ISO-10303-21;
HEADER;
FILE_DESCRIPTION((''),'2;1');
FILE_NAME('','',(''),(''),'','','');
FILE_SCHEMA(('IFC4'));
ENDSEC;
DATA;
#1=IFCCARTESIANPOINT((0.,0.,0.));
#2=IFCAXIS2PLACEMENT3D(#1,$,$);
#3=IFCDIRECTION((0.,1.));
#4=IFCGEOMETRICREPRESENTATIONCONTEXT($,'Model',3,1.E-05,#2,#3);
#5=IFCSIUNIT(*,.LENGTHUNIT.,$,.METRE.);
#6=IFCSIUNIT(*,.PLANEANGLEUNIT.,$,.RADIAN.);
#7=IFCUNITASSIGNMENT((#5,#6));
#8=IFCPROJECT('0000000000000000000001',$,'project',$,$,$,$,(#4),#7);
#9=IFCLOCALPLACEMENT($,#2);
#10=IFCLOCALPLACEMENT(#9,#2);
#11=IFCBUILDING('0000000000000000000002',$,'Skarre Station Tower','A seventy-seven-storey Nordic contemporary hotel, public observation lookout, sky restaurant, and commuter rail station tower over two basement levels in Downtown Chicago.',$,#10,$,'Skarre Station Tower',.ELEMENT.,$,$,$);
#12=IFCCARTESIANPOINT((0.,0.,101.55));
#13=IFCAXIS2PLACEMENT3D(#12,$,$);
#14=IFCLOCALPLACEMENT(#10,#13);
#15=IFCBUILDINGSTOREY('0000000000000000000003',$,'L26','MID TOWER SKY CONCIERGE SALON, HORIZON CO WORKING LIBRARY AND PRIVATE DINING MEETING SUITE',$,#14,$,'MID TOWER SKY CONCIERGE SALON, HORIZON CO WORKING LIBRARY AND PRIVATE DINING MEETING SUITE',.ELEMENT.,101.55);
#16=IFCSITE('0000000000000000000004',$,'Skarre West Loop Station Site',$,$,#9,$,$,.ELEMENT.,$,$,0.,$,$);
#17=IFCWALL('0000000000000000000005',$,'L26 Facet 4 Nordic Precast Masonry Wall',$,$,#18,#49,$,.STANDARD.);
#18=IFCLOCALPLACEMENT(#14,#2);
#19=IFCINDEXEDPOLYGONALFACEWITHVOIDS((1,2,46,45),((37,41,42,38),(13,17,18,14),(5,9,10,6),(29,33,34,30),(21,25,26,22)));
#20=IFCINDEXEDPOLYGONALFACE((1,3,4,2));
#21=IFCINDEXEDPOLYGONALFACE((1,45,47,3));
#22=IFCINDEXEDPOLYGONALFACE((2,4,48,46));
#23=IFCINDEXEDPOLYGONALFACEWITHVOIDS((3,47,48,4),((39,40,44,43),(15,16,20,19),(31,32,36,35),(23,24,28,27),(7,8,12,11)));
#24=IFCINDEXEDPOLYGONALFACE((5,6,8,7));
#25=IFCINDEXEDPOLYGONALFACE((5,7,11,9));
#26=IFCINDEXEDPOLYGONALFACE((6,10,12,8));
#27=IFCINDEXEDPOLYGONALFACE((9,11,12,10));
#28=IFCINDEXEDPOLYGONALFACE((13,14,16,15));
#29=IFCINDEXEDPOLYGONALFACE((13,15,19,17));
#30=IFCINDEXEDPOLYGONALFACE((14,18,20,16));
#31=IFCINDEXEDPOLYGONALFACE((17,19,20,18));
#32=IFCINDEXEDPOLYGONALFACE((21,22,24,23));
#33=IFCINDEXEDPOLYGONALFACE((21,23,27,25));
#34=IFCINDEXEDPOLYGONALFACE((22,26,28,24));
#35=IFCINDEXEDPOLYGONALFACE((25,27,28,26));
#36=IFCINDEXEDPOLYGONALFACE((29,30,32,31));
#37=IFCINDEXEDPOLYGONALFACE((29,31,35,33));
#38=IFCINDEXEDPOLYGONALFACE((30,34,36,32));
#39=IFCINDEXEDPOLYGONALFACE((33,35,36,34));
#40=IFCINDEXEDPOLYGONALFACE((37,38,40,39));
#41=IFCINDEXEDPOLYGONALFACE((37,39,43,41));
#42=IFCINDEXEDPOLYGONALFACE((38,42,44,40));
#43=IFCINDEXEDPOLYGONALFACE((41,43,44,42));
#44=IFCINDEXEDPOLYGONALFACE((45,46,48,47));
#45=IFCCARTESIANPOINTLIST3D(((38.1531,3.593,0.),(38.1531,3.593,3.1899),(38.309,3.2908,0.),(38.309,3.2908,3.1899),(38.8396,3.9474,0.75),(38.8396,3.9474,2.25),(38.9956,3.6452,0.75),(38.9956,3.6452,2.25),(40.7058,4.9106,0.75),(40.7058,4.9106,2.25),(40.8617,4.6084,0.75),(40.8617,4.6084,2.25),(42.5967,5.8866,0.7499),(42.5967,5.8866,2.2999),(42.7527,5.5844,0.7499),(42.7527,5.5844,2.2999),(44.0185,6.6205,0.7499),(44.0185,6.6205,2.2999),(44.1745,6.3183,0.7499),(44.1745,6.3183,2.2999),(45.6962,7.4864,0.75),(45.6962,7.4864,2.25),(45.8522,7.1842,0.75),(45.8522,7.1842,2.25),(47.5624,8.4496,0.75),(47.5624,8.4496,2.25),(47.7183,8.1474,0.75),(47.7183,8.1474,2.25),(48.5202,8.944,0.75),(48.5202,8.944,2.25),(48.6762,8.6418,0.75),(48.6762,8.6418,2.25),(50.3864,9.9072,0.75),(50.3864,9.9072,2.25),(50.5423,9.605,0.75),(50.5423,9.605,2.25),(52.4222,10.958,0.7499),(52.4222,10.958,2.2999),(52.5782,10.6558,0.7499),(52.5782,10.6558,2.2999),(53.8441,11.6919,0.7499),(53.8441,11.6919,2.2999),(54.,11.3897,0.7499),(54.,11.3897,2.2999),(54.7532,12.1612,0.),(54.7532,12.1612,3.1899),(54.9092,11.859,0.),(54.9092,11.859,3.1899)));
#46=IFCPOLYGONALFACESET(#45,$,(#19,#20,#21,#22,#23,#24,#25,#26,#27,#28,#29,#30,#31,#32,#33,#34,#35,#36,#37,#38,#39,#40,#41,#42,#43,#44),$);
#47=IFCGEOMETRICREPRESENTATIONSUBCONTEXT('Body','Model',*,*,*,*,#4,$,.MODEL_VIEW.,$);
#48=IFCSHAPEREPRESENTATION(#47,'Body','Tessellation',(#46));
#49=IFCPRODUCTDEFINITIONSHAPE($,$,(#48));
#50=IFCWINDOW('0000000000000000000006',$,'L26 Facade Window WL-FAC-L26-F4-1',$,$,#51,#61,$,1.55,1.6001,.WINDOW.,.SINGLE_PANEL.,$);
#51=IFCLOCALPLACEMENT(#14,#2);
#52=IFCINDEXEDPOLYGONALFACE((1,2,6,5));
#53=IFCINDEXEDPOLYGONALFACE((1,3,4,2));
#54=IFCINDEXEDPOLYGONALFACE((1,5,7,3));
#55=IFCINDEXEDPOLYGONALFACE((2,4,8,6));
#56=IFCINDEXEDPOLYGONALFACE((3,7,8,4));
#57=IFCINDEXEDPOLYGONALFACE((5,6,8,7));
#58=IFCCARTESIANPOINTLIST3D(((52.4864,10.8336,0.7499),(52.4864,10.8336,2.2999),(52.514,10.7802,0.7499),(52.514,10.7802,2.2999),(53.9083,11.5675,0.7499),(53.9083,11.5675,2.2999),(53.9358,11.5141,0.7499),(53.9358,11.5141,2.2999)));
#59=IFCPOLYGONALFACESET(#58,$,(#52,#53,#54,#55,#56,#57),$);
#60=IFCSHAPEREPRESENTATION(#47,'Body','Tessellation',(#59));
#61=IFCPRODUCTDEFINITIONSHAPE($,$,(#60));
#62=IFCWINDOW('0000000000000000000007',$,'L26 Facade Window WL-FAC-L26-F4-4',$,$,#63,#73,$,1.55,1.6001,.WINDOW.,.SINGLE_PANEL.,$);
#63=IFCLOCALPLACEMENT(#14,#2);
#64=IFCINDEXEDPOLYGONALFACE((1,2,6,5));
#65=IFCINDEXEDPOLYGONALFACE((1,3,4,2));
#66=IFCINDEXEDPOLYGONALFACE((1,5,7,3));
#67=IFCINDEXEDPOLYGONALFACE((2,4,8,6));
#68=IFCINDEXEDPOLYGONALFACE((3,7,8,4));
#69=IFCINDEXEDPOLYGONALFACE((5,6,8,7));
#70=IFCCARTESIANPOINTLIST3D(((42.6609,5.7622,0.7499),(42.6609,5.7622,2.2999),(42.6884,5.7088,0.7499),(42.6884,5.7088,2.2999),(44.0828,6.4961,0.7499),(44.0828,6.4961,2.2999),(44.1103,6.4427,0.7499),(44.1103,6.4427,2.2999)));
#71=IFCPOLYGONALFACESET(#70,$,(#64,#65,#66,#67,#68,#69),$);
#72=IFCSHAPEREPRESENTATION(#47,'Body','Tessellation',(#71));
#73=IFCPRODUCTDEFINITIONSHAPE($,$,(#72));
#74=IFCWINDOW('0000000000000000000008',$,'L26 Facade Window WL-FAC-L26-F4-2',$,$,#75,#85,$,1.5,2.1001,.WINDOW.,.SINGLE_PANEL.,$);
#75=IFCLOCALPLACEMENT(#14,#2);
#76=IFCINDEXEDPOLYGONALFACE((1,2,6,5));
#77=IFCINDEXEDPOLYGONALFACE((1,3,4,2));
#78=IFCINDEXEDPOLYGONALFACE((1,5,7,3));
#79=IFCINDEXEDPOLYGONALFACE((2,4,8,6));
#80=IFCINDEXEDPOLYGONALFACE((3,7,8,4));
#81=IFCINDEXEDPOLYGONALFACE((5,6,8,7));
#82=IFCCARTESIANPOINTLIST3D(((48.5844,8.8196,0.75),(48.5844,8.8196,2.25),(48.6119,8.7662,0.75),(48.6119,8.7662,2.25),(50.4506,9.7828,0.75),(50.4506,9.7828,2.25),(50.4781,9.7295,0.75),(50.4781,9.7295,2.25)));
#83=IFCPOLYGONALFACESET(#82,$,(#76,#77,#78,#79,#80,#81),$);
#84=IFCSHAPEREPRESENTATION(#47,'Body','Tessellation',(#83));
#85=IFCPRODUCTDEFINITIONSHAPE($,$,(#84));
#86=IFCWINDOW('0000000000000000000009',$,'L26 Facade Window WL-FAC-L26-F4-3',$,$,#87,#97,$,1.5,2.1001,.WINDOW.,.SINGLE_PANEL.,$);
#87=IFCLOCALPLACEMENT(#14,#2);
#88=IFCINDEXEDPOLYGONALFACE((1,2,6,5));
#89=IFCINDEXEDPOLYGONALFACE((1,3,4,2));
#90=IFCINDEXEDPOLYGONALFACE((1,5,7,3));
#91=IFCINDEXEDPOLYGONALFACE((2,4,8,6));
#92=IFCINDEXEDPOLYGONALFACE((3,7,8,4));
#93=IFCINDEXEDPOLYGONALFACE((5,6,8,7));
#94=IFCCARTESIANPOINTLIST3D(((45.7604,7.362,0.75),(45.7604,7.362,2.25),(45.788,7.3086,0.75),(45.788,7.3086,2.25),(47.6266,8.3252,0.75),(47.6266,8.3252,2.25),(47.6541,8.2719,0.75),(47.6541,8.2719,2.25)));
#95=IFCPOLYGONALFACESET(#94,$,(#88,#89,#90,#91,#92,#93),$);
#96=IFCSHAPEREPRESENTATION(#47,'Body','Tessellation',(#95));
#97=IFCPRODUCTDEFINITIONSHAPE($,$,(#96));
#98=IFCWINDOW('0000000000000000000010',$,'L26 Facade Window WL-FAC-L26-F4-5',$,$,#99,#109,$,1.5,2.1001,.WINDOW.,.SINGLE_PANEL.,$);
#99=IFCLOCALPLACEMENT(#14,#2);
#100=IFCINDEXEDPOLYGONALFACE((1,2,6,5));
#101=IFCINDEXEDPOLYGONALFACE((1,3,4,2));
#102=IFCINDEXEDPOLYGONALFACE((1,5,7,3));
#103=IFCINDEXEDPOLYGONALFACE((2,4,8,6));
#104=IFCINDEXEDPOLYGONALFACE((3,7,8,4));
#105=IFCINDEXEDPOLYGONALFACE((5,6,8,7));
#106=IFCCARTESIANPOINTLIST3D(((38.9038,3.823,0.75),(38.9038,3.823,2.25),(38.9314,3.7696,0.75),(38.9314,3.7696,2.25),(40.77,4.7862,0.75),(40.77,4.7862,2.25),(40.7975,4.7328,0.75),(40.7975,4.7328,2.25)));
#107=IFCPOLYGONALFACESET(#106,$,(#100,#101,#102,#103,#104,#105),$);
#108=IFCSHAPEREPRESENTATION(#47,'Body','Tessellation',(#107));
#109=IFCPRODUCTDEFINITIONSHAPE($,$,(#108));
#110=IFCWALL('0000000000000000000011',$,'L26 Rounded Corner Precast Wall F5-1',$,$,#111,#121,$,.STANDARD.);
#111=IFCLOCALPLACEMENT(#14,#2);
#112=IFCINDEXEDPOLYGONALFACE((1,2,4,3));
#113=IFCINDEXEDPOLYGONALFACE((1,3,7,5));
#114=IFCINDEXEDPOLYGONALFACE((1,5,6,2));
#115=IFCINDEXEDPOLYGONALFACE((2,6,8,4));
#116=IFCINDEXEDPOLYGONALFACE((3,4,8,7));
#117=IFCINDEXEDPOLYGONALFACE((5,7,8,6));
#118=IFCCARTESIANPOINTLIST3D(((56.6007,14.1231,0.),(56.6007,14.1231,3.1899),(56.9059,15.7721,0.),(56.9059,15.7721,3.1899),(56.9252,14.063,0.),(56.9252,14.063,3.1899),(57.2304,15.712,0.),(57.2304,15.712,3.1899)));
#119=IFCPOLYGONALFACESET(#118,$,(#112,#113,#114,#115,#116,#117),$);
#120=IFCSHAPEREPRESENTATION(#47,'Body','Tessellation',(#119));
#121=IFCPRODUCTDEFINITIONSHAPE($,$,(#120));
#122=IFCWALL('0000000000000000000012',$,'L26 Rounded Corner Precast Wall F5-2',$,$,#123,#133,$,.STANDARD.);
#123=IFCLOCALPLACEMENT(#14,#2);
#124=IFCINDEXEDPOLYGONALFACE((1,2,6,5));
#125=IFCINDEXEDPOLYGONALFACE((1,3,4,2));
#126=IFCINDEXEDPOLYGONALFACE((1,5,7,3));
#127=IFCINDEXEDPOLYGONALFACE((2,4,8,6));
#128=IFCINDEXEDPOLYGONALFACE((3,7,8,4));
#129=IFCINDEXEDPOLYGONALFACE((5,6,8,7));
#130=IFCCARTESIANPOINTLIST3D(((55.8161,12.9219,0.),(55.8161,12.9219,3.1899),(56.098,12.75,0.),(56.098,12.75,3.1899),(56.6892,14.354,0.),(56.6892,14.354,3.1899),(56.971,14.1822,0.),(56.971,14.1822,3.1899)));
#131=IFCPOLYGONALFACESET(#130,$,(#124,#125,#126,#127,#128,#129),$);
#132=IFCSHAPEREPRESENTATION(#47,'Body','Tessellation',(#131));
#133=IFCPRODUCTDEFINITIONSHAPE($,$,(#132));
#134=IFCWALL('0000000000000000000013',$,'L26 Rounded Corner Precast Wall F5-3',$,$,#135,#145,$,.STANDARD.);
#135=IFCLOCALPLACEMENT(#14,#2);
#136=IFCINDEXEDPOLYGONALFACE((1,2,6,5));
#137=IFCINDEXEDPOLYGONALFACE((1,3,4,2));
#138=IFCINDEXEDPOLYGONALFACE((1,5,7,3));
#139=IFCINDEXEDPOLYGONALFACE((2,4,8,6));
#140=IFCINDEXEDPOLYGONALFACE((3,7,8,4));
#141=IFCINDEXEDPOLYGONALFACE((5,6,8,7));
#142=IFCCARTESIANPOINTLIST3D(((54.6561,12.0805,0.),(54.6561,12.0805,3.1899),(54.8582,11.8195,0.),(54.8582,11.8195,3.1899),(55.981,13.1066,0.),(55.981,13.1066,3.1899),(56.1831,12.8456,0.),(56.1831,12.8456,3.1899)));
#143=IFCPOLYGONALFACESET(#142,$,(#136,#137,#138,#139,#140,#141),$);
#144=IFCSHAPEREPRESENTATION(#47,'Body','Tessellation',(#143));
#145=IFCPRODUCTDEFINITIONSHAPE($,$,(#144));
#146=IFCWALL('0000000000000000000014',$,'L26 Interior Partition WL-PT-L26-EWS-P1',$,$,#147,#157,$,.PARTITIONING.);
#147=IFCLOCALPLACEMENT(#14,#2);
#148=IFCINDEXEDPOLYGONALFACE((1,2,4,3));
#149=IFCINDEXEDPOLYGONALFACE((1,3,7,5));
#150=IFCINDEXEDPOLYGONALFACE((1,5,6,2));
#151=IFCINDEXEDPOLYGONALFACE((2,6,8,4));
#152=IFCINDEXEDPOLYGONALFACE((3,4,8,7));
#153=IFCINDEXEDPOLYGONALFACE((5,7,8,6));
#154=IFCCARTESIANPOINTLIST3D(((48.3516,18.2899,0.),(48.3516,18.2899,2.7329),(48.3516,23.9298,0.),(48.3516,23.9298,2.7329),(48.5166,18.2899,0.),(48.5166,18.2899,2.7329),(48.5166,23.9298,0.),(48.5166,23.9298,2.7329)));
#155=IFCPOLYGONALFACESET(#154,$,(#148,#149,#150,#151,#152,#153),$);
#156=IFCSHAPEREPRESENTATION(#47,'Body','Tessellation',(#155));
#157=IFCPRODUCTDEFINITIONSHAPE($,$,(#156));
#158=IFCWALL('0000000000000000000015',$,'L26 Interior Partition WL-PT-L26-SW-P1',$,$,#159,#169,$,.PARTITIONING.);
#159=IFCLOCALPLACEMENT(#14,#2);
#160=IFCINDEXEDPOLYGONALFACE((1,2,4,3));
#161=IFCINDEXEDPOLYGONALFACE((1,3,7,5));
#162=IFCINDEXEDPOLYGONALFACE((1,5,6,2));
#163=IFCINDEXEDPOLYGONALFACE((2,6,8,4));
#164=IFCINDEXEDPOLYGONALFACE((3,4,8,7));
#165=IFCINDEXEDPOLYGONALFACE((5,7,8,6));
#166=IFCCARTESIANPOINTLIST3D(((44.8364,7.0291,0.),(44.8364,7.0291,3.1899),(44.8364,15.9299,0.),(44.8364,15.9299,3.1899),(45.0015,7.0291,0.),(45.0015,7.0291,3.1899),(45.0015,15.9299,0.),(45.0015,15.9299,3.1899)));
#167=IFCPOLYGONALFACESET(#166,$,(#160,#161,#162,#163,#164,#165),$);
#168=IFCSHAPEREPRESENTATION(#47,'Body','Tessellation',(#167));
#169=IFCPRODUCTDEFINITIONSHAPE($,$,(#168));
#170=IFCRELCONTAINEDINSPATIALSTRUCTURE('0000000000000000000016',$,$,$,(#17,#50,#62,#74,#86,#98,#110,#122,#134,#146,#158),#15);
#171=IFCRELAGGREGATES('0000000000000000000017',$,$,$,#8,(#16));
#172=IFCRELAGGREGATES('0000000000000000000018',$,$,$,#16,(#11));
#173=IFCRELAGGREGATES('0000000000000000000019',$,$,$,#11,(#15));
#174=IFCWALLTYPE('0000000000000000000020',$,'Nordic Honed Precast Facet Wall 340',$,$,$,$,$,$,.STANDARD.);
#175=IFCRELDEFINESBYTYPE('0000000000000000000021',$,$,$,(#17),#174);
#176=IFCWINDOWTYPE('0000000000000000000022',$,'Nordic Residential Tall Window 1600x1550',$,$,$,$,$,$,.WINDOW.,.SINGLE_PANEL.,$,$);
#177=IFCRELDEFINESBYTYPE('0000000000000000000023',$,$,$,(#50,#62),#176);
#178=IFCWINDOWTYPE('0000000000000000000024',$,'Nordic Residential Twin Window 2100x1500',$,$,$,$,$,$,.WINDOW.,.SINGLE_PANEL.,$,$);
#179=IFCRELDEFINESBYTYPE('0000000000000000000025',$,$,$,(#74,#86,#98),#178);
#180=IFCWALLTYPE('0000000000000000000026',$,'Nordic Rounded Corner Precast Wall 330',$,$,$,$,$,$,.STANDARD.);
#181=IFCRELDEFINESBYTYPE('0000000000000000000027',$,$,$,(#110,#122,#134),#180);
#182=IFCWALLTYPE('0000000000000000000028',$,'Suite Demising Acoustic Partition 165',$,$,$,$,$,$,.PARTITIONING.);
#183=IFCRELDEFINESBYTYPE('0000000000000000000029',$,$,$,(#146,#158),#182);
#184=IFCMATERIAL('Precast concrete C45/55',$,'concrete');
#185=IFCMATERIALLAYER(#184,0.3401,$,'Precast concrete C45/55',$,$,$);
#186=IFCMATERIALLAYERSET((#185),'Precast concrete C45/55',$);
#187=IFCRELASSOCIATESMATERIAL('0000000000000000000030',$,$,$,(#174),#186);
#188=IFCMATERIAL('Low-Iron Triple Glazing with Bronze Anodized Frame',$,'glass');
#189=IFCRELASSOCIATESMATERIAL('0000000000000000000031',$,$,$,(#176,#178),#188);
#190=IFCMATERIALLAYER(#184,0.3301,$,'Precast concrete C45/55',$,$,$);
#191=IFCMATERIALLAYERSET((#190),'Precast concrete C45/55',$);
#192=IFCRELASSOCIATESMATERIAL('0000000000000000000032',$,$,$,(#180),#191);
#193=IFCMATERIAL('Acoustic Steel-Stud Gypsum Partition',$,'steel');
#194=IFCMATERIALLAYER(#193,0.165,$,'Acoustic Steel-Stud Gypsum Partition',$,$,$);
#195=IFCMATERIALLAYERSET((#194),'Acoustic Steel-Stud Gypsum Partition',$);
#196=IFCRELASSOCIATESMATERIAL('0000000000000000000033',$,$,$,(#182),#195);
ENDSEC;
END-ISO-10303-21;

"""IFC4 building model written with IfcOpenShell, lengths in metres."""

from ifc_helpers import new_model, si_unit, direction, frame, frame_2d, origin, place, context, subcontext, project, spatial, rectangle, extrude, material, layer, layer_set, type_object, element, fill, save


model = new_model("IFC4")

# Units and contexts
model_context = context("Model", 3, precision=1e-05, world=origin(), true_north=direction((0.0, 1.0)))
body_context = subcontext(model_context, "Body", "Model", "MODEL_VIEW")
ifc_project = project(units=[si_unit("LENGTHUNIT", "METRE"), si_unit("PLANEANGLEUNIT", "RADIAN")], contexts=[model_context])

# Site, building, storey
site_placement = place(None, origin())
site = spatial("IfcSite", under=ifc_project, at=site_placement, Name="Skarre West Loop Station Site", CompositionType="ELEMENT", RefElevation=0.0)
building_placement = place(site_placement, origin())
building = spatial("IfcBuilding", under=site, at=building_placement, Name="Skarre Station Tower", Description="A seventy-seven-storey Nordic contemporary hotel, public observation lookout, sky restaurant, and commuter rail station tower over two basement levels in Downtown Chicago.", LongName="Skarre Station Tower", CompositionType="ELEMENT")
storey_placement = place(building_placement, frame((0.0, 0.0, 101.55)))
storey = spatial("IfcBuildingStorey", under=building, at=storey_placement, Name="L26", Description="MID TOWER SKY CONCIERGE SALON, HORIZON CO WORKING LIBRARY AND PRIVATE DINING MEETING SUITE", LongName="MID TOWER SKY CONCIERGE SALON, HORIZON CO WORKING LIBRARY AND PRIVATE DINING MEETING SUITE", CompositionType="ELEMENT", Elevation=101.55)

# Shared definitions
ifc_material_1 = material(Name="Acoustic Steel-Stud Gypsum Partition", Category="steel")

# Wall, openings, windows
ifc_material_2 = material(Name="Precast concrete C45/55", Category="concrete")
ifc_layer_1 = layer(ifc_material_2, 0.3401, Name="Precast concrete C45/55")
ifc_layer_set_1 = layer_set([ifc_layer_1], Name="Precast concrete C45/55")
wall_type_1 = type_object("IfcWallType", Name="Nordic Honed Precast Facet Wall 340", PredefinedType="STANDARD", material=ifc_layer_set_1)
wall_1_placement = place(storey_placement, frame((54.8311, 12.01, 0.0), z_axis=(0.0, 0.0, 1.0), x_axis=(-0.888614, -0.458657, 0.0)))
wall_1 = element("IfcWall", 1, at=wall_1_placement, inside=storey, type_object=wall_type_1, Name="L26 Facet 4 Nordic Precast Masonry Wall", PredefinedType="STANDARD", context=body_context, shape_type="SweptSolid", body=[
    extrude(rectangle(XDim=18.6809, YDim=0.3401, at=frame_2d((9.3403, 0.0))), origin(), (0.0, 0.0, 1.0), 3.1899),
])
opening_1_placement = place(wall_1_placement, frame((1.0229, 0.0, 0.75)))
opening_1 = element("IfcOpeningElement", 2, at=opening_1_placement, cuts=wall_1, PredefinedType="OPENING", context=body_context, shape_type="SweptSolid", body=[
    extrude(rectangle(XDim=1.6001, YDim=1.55, at=frame_2d((0.8, 0.7749))), frame((0.0, 0.1799, 0.0), z_axis=(0.0, -1.0, 0.0), x_axis=(1.0, 0.0, 0.0)), (0.0, 0.0, 1.0), 0.3601),
])
opening_2_placement = place(wall_1_placement, frame((4.9141, 0.0, 0.75)))
opening_2 = element("IfcOpeningElement", 3, at=opening_2_placement, cuts=wall_1, PredefinedType="OPENING", context=body_context, shape_type="SweptSolid", body=[
    extrude(rectangle(XDim=2.1001, YDim=1.5, at=frame_2d((1.05, 0.75))), frame((0.0, 0.1799, 0.0), z_axis=(0.0, -1.0, 0.0), x_axis=(1.0, 0.0, 0.0)), (0.0, 0.0, 1.0), 0.3601),
])
opening_3_placement = place(wall_1_placement, frame((8.092, 0.0, 0.75)))
opening_3 = element("IfcOpeningElement", 4, at=opening_3_placement, cuts=wall_1, PredefinedType="OPENING", context=body_context, shape_type="SweptSolid", body=[
    extrude(rectangle(XDim=2.1001, YDim=1.5, at=frame_2d((1.05, 0.75))), frame((0.0, 0.1799, 0.0), z_axis=(0.0, -1.0, 0.0), x_axis=(1.0, 0.0, 0.0)), (0.0, 0.0, 1.0), 0.3601),
])
opening_4_placement = place(wall_1_placement, frame((12.0801, 0.0, 0.75)))
opening_4 = element("IfcOpeningElement", 5, at=opening_4_placement, cuts=wall_1, PredefinedType="OPENING", context=body_context, shape_type="SweptSolid", body=[
    extrude(rectangle(XDim=1.6001, YDim=1.55, at=frame_2d((0.8, 0.7749))), frame((0.0, 0.1799, 0.0), z_axis=(0.0, -1.0, 0.0), x_axis=(1.0, 0.0, 0.0)), (0.0, 0.0, 1.0), 0.3601),
])
opening_5_placement = place(wall_1_placement, frame((15.8081, 0.0, 0.75)))
opening_5 = element("IfcOpeningElement", 6, at=opening_5_placement, cuts=wall_1, PredefinedType="OPENING", context=body_context, shape_type="SweptSolid", body=[
    extrude(rectangle(XDim=2.1001, YDim=1.5, at=frame_2d((1.05, 0.75))), frame((0.0, 0.1799, 0.0), z_axis=(0.0, -1.0, 0.0), x_axis=(1.0, 0.0, 0.0)), (0.0, 0.0, 1.0), 0.3601),
])
ifc_material_3 = material(Name="Low-Iron Triple Glazing with Bronze Anodized Frame", Category="glass")
window_type_1 = type_object("IfcWindowType", Name="Nordic Residential Tall Window 1600x1550", PartitioningType="SINGLE_PANEL", PredefinedType="WINDOW", material=ifc_material_3)
window_1_placement = place(opening_1_placement, origin())
window_1 = element("IfcWindow", 7, at=window_1_placement, inside=storey, type_object=window_type_1, Name="L26 Facade Window WL-FAC-L26-F4-1", OverallHeight=1.55, OverallWidth=1.6001, PartitioningType="SINGLE_PANEL", PredefinedType="WINDOW", context=body_context, shape_type="SweptSolid", body=[
    extrude(rectangle(XDim=1.6001, YDim=1.55, at=frame_2d((0.8, 0.7749))), frame((0.0, 0.03, 0.0), z_axis=(0.0, -1.0, 0.0), x_axis=(1.0, 0.0, 0.0)), (0.0, 0.0, 1.0), 0.0601),
])
fill(opening_1, window_1)
window_2_placement = place(opening_4_placement, origin())
window_2 = element("IfcWindow", 8, at=window_2_placement, inside=storey, type_object=window_type_1, Name="L26 Facade Window WL-FAC-L26-F4-4", OverallHeight=1.55, OverallWidth=1.6001, PartitioningType="SINGLE_PANEL", PredefinedType="WINDOW", context=body_context, shape_type="SweptSolid", body=[
    extrude(rectangle(XDim=1.6001, YDim=1.55, at=frame_2d((0.8, 0.7749))), frame((0.0, 0.03, 0.0), z_axis=(0.0, -1.0, 0.0), x_axis=(1.0, 0.0, 0.0)), (0.0, 0.0, 1.0), 0.0601),
])
fill(opening_4, window_2)
window_type_2 = type_object("IfcWindowType", Name="Nordic Residential Twin Window 2100x1500", PartitioningType="SINGLE_PANEL", PredefinedType="WINDOW", material=ifc_material_3)
window_3_placement = place(opening_2_placement, origin())
window_3 = element("IfcWindow", 9, at=window_3_placement, inside=storey, type_object=window_type_2, Name="L26 Facade Window WL-FAC-L26-F4-2", OverallHeight=1.5, OverallWidth=2.1001, PartitioningType="SINGLE_PANEL", PredefinedType="WINDOW", context=body_context, shape_type="SweptSolid", body=[
    extrude(rectangle(XDim=2.1001, YDim=1.5, at=frame_2d((1.05, 0.75))), frame((0.0, 0.03, 0.0), z_axis=(0.0, -1.0, 0.0), x_axis=(1.0, 0.0, 0.0)), (0.0, 0.0, 1.0), 0.0601),
])
fill(opening_2, window_3)
window_4_placement = place(opening_3_placement, origin())
window_4 = element("IfcWindow", 10, at=window_4_placement, inside=storey, type_object=window_type_2, Name="L26 Facade Window WL-FAC-L26-F4-3", OverallHeight=1.5, OverallWidth=2.1001, PartitioningType="SINGLE_PANEL", PredefinedType="WINDOW", context=body_context, shape_type="SweptSolid", body=[
    extrude(rectangle(XDim=2.1001, YDim=1.5, at=frame_2d((1.05, 0.75))), frame((0.0, 0.03, 0.0), z_axis=(0.0, -1.0, 0.0), x_axis=(1.0, 0.0, 0.0)), (0.0, 0.0, 1.0), 0.0601),
])
fill(opening_3, window_4)
window_5_placement = place(opening_5_placement, origin())
window_5 = element("IfcWindow", 11, at=window_5_placement, inside=storey, type_object=window_type_2, Name="L26 Facade Window WL-FAC-L26-F4-5", OverallHeight=1.5, OverallWidth=2.1001, PartitioningType="SINGLE_PANEL", PredefinedType="WINDOW", context=body_context, shape_type="SweptSolid", body=[
    extrude(rectangle(XDim=2.1001, YDim=1.5, at=frame_2d((1.05, 0.75))), frame((0.0, 0.03, 0.0), z_axis=(0.0, -1.0, 0.0), x_axis=(1.0, 0.0, 0.0)), (0.0, 0.0, 1.0), 0.0601),
])
fill(opening_5, window_5)

# Walls
ifc_layer_2 = layer(ifc_material_2, 0.3301, Name="Precast concrete C45/55")
ifc_layer_set_2 = layer_set([ifc_layer_2], Name="Precast concrete C45/55")
wall_type_2 = type_object("IfcWallType", Name="Nordic Rounded Corner Precast Wall 330", PredefinedType="STANDARD", material=ifc_layer_set_2)
wall_2_placement = place(storey_placement, frame((57.0681, 15.7419, 0.0), z_axis=(0.0, 0.0, 1.0), x_axis=(-0.181985, -0.983301, 0.0)))
element("IfcWall", 12, at=wall_2_placement, inside=storey, type_object=wall_type_2, Name="L26 Rounded Corner Precast Wall F5-1", PredefinedType="STANDARD", context=body_context, shape_type="SweptSolid", body=[
    extrude(rectangle(XDim=1.677, YDim=0.3301, at=frame_2d((0.8384, 0.0))), origin(), (0.0, 0.0, 1.0), 3.1899),
])
wall_3_placement = place(storey_placement, frame((56.8301, 14.2681, 0.0), z_axis=(0.0, 0.0, 1.0), x_axis=(-0.520519, -0.85385, 0.0)))
element("IfcWall", 13, at=wall_3_placement, inside=storey, type_object=wall_type_2, Name="L26 Rounded Corner Precast Wall F5-2", PredefinedType="STANDARD", context=body_context, shape_type="SweptSolid", body=[
    extrude(rectangle(XDim=1.6772, YDim=0.3301, at=frame_2d((0.8386, 0.0))), origin(), (0.0, 0.0, 1.0), 3.1899),
])
wall_4_placement = place(storey_placement, frame((56.082, 12.9761, 0.0), z_axis=(0.0, 0.0, 1.0), x_axis=(-0.790621, -0.612305, 0.0)))
element("IfcWall", 14, at=wall_4_placement, inside=storey, type_object=wall_type_2, Name="L26 Rounded Corner Precast Wall F5-3", PredefinedType="STANDARD", context=body_context, shape_type="SweptSolid", body=[
    extrude(rectangle(XDim=1.6758, YDim=0.3301, at=frame_2d((0.8379, 0.0))), origin(), (0.0, 0.0, 1.0), 3.1899),
])
ifc_layer_3 = layer(ifc_material_1, 0.165, Name="Acoustic Steel-Stud Gypsum Partition")
ifc_layer_set_3 = layer_set([ifc_layer_3], Name="Acoustic Steel-Stud Gypsum Partition")
wall_type_3 = type_object("IfcWallType", Name="Suite Demising Acoustic Partition 165", PredefinedType="PARTITIONING", material=ifc_layer_set_3)
wall_5_placement = place(storey_placement, frame((48.4341, 18.29, 0.0), z_axis=(0.0, 0.0, 1.0), x_axis=(0.0, 1.0, 0.0)))
element("IfcWall", 15, at=wall_5_placement, inside=storey, type_object=wall_type_3, Name="L26 Interior Partition WL-PT-L26-EWS-P1", PredefinedType="PARTITIONING", context=body_context, shape_type="SweptSolid", body=[
    extrude(rectangle(XDim=5.6399, YDim=0.165, at=frame_2d((2.8198, 0.0))), origin(), (0.0, 0.0, 1.0), 2.7329),
])
wall_6_placement = place(storey_placement, frame((44.9189, 7.0291, 0.0), z_axis=(0.0, 0.0, 1.0), x_axis=(0.0, 1.0, 0.0)))
element("IfcWall", 16, at=wall_6_placement, inside=storey, type_object=wall_type_3, Name="L26 Interior Partition WL-PT-L26-SW-P1", PredefinedType="PARTITIONING", context=body_context, shape_type="SweptSolid", body=[
    extrude(rectangle(XDim=8.9009, YDim=0.165, at=frame_2d((4.4504, 0.0))), origin(), (0.0, 0.0, 1.0), 3.1899),
])

save(model, "model.ifc")
